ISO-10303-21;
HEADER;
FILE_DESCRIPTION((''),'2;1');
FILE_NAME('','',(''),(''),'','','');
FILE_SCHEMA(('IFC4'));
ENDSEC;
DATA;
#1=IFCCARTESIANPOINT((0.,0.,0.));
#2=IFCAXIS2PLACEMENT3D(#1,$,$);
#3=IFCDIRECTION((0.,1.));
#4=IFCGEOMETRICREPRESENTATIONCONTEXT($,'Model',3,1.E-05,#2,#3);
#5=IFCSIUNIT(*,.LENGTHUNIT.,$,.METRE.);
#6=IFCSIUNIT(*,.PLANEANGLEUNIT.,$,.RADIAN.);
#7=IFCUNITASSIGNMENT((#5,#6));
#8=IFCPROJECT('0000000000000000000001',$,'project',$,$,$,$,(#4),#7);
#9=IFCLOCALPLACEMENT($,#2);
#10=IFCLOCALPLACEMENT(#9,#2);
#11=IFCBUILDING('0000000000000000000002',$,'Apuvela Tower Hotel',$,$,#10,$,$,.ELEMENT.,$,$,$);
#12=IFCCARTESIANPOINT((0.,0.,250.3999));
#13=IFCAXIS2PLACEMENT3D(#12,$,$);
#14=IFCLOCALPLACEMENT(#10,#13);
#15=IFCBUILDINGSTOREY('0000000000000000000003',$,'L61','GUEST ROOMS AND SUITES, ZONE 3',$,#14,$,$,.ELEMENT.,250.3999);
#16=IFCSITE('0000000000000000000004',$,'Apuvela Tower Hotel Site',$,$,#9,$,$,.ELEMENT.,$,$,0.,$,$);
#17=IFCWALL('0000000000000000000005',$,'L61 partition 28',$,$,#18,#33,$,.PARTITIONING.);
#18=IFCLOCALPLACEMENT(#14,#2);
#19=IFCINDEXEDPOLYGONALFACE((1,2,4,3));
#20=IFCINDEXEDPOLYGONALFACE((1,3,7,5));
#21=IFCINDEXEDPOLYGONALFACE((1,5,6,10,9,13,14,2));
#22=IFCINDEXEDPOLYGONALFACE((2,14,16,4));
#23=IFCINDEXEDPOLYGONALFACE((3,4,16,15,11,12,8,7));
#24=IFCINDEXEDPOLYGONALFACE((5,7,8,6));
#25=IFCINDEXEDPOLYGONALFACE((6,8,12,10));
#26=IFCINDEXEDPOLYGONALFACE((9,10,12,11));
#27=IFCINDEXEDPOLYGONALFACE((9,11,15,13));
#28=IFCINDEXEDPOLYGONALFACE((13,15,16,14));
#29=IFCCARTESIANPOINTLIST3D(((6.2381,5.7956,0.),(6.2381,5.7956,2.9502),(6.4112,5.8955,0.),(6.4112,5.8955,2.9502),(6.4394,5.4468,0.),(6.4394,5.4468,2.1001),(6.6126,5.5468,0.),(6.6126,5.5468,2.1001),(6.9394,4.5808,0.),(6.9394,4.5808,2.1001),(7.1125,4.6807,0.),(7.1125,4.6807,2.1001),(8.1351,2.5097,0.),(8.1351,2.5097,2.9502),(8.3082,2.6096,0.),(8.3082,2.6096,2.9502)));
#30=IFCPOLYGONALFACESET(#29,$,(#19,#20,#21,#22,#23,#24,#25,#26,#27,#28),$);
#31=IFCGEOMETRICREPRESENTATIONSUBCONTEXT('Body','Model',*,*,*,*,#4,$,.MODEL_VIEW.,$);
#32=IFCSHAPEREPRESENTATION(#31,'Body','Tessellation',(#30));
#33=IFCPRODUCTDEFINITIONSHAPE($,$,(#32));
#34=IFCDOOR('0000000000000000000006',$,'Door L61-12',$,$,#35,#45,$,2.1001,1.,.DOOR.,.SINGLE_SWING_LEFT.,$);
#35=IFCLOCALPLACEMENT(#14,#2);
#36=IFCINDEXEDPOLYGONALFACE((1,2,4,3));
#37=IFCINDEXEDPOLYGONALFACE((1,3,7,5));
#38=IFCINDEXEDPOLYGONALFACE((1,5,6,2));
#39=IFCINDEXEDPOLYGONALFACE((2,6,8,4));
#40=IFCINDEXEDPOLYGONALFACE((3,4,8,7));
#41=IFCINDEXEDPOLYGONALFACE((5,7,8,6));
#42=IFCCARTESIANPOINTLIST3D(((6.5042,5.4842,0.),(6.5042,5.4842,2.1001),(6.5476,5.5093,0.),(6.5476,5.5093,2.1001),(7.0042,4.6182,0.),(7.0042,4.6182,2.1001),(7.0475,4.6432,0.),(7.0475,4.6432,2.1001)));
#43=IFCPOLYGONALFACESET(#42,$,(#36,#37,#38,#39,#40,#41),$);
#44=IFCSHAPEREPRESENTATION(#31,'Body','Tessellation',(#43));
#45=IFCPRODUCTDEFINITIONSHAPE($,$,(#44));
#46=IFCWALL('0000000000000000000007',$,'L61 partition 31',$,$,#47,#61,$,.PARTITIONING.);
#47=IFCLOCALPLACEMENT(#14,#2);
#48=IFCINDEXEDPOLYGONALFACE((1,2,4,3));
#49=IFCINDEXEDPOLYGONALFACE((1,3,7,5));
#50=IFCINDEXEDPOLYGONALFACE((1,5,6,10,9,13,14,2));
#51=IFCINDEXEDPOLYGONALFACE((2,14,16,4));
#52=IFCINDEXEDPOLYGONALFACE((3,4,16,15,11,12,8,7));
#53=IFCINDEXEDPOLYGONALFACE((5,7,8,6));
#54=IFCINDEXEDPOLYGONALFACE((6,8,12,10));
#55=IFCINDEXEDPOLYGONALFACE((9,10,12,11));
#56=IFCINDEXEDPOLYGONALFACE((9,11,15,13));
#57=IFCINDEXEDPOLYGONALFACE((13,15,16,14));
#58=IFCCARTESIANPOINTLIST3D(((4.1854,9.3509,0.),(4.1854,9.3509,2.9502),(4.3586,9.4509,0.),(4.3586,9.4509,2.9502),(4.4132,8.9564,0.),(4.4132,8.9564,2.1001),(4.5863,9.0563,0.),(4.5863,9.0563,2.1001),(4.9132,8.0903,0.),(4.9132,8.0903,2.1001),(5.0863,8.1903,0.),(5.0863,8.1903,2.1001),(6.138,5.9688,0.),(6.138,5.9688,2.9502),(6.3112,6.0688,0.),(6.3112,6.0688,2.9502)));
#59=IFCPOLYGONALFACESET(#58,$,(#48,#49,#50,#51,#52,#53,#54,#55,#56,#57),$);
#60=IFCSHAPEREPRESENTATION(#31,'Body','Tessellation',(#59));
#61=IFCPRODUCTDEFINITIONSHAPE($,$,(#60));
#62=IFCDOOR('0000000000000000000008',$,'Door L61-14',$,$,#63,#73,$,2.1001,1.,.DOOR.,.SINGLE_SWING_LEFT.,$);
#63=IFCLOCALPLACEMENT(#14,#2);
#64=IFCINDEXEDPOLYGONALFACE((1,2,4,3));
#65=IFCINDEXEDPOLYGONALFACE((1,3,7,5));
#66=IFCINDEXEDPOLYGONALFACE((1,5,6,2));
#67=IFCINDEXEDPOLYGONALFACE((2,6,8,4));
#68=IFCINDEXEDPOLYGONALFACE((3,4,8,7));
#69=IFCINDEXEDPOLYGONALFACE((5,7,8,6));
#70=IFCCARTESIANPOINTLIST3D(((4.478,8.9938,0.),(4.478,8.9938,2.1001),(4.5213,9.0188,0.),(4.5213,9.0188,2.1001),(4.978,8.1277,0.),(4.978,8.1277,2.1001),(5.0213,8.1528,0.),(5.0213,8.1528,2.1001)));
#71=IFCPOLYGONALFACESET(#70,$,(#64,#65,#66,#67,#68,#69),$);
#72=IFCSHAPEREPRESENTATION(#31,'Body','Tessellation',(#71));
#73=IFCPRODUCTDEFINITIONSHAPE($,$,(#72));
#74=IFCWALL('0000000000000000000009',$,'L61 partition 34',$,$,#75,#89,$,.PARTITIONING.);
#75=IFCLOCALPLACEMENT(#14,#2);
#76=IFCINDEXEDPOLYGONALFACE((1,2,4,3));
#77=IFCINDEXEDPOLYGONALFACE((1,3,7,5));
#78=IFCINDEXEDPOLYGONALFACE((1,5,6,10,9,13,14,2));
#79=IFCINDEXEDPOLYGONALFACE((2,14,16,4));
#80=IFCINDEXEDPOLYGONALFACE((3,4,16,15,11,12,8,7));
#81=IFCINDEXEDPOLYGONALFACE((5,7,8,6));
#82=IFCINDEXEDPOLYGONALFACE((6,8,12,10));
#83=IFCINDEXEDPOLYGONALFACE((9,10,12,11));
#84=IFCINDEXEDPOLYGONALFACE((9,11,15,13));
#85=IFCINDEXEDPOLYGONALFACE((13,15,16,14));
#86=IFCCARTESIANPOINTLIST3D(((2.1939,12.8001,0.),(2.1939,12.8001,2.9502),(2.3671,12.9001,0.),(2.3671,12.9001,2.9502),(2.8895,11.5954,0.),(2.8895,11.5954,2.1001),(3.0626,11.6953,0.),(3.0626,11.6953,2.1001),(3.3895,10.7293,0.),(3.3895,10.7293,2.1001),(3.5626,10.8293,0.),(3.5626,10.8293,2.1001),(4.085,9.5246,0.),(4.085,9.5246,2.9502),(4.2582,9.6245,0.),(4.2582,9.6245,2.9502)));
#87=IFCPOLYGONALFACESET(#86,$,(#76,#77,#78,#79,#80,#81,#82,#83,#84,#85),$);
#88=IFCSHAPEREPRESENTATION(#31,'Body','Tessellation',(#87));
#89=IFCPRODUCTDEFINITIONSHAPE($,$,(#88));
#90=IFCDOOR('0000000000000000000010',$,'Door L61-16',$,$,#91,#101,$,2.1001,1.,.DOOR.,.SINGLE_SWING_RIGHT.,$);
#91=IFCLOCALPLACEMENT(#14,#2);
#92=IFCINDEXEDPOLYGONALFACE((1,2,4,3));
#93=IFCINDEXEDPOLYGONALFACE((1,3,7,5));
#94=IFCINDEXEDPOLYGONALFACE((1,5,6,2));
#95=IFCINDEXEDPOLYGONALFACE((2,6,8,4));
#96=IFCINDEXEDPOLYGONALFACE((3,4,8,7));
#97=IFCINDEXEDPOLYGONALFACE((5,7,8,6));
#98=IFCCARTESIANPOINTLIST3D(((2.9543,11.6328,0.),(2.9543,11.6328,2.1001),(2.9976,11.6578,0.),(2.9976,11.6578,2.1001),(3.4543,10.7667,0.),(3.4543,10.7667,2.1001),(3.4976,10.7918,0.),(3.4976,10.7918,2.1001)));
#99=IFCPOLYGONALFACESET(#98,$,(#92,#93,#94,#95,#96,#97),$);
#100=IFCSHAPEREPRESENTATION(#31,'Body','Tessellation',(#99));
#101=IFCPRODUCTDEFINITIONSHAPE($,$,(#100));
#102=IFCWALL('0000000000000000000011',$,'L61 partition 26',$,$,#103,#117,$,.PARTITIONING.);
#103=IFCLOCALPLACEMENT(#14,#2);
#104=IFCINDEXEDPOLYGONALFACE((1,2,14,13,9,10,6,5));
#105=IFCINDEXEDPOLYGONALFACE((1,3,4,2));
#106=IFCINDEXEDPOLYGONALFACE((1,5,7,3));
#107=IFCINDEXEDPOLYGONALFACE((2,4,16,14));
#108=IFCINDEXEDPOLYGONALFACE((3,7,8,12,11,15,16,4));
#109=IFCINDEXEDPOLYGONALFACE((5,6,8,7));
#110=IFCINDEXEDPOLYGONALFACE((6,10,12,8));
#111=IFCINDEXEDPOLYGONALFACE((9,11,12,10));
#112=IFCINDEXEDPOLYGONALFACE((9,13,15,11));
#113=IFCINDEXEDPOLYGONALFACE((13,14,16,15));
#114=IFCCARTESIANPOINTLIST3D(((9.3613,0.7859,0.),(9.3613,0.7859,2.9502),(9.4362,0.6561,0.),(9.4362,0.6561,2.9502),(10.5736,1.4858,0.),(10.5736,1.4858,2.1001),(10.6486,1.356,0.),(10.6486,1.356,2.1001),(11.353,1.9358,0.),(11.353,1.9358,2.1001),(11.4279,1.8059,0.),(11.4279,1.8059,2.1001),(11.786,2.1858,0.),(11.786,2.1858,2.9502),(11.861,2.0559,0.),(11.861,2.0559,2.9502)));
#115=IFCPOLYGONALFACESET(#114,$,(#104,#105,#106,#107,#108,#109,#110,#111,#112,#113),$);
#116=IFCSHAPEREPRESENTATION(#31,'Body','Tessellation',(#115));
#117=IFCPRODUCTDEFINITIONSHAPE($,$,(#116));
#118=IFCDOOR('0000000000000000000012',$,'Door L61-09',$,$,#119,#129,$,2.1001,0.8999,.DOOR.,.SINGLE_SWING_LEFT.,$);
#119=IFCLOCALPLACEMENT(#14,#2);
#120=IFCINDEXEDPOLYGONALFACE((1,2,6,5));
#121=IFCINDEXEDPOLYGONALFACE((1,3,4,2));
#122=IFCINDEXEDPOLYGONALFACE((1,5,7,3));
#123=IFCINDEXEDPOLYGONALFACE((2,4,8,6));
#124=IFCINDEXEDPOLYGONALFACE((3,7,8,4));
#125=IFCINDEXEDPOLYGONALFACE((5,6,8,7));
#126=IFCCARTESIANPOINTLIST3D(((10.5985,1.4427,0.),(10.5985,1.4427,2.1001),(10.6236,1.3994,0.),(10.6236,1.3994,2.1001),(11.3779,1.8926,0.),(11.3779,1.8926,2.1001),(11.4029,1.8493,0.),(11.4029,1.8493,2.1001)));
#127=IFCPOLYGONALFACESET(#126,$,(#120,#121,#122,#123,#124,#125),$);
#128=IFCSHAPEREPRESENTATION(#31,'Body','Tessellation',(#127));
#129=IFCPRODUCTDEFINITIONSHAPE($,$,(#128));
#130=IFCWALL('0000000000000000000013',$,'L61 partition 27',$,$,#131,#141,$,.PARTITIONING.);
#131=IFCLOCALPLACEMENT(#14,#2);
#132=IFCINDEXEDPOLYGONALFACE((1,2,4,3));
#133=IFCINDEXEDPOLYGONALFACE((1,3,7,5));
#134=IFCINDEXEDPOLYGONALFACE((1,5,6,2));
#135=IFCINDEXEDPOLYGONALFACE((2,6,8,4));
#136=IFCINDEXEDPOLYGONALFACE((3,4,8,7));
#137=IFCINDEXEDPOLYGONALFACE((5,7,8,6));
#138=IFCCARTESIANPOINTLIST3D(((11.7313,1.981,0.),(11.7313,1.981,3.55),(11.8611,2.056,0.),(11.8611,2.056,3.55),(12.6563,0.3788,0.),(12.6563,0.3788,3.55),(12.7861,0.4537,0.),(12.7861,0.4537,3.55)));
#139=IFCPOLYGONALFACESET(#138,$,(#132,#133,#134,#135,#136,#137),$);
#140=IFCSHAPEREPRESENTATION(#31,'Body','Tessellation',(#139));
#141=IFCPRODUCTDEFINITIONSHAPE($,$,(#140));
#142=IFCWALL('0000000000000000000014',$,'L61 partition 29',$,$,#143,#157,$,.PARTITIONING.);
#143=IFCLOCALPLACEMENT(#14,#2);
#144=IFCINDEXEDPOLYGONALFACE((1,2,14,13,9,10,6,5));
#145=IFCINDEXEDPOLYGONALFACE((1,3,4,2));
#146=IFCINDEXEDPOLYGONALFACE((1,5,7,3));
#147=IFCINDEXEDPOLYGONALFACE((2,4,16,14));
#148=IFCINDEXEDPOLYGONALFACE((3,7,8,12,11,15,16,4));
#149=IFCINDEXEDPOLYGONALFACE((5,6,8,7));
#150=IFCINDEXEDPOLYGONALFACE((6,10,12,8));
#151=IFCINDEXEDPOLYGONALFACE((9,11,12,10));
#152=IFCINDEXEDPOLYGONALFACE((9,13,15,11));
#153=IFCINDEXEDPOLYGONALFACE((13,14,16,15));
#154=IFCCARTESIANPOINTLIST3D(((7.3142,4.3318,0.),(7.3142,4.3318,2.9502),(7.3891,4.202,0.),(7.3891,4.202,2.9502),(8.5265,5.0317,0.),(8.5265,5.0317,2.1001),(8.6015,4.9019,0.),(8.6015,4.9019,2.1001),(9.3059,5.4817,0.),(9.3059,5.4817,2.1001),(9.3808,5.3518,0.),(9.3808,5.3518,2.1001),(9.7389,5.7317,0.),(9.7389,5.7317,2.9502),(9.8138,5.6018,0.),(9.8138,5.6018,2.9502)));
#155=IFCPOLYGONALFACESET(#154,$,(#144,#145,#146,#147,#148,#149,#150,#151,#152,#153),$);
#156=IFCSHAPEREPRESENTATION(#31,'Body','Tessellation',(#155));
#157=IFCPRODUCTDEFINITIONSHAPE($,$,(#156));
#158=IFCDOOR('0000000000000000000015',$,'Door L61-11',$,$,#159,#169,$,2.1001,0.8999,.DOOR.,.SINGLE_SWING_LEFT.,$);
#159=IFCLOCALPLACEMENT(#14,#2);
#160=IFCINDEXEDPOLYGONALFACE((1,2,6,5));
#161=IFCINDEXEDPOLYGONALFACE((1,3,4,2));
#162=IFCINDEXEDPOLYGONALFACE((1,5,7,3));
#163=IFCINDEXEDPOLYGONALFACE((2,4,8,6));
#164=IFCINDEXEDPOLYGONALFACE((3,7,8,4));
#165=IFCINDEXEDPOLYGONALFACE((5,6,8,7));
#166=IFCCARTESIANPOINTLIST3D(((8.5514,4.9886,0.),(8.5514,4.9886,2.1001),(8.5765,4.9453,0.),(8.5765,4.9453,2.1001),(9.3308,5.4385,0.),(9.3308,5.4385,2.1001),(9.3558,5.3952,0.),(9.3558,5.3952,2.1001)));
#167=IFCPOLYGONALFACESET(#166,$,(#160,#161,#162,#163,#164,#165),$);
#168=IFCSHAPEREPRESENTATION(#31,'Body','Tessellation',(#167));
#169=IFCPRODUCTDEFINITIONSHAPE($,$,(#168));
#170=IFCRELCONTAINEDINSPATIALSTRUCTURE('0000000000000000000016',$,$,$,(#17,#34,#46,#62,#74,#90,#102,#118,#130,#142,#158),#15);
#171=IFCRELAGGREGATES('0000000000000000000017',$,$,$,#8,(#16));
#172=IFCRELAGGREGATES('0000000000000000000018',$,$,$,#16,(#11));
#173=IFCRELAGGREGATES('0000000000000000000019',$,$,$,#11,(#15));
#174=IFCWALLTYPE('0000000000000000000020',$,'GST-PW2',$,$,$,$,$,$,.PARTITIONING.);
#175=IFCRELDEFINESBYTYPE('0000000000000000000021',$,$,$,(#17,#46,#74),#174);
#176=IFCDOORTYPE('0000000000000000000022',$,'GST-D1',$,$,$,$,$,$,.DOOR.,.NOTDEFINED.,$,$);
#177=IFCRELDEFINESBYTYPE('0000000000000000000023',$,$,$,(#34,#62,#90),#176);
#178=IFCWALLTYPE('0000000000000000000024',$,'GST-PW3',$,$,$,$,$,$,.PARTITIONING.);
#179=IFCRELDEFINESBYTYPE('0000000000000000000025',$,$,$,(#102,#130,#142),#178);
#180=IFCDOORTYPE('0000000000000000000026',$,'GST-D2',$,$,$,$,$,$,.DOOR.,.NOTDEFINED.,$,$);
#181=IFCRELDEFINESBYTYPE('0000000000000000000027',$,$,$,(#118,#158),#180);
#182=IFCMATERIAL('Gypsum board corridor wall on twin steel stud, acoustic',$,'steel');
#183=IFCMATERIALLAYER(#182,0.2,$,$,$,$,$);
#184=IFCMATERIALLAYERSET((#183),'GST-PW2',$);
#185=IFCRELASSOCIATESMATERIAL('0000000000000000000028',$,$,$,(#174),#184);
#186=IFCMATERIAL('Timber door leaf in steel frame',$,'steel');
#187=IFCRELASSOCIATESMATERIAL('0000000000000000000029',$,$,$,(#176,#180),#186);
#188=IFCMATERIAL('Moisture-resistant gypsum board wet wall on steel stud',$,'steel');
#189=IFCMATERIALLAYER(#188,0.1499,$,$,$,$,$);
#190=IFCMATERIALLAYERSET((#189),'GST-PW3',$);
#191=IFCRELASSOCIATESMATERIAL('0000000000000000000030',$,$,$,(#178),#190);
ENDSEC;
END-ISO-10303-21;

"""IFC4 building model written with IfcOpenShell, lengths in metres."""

from ifc_helpers import new_model, si_unit, direction, frame, frame_2d, origin, place, context, subcontext, project, spatial, rectangle, extrude, material, layer, layer_set, type_object, element, fill, save


model = new_model("IFC4")

# Units and contexts
model_context = context("Model", 3, precision=1e-05, world=origin(), true_north=direction((0.0, 1.0)))
body_context = subcontext(model_context, "Body", "Model", "MODEL_VIEW")
ifc_project = project(units=[si_unit("LENGTHUNIT", "METRE"), si_unit("PLANEANGLEUNIT", "RADIAN")], contexts=[model_context])

# Site, building, storey
site_placement = place(None, origin())
site = spatial("IfcSite", under=ifc_project, at=site_placement, Name="Apuvela Tower Hotel Site", CompositionType="ELEMENT", RefElevation=0.0)
building_placement = place(site_placement, origin())
building = spatial("IfcBuilding", under=site, at=building_placement, Name="Apuvela Tower Hotel", CompositionType="ELEMENT")
storey_placement = place(building_placement, frame((0.0, 0.0, 250.3999)))
storey = spatial("IfcBuildingStorey", under=building, at=storey_placement, Name="L61", Description="GUEST ROOMS AND SUITES, ZONE 3", CompositionType="ELEMENT", Elevation=250.3999)

# Walls, openings, doors
ifc_material_1 = material(Name="Gypsum board corridor wall on twin steel stud, acoustic", Category="steel")
ifc_layer_1 = layer(ifc_material_1, 0.2)
ifc_layer_set_1 = layer_set([ifc_layer_1], Name="GST-PW2")
wall_type_1 = type_object("IfcWallType", Name="GST-PW2", PredefinedType="PARTITIONING", material=ifc_layer_set_1)
ifc_material_2 = material(Name="Timber door leaf in steel frame", Category="steel")
door_type_1 = type_object("IfcDoorType", Name="GST-D1", OperationType="NOTDEFINED", PredefinedType="DOOR", material=ifc_material_2)
wall_1_placement = place(storey_placement, frame((6.3247, 5.8455, 0.0), z_axis=(0.0, 0.0, 1.0), x_axis=(0.499973, -0.866041, 0.0)))
wall_1 = element("IfcWall", 1, at=wall_1_placement, inside=storey, type_object=wall_type_1, Name="L61 partition 28", PredefinedType="PARTITIONING", context=body_context, shape_type="SweptSolid", body=[
    extrude(rectangle(XDim=3.7942, YDim=0.2, at=frame_2d((1.897, 0.0))), origin(), (0.0, 0.0, 1.0), 2.9502),
])
opening_1_placement = place(wall_1_placement, frame((0.4026, 0.0, 0.0)))
opening_1 = element("IfcOpeningElement", 2, at=opening_1_placement, cuts=wall_1, PredefinedType="OPENING", context=body_context, shape_type="SweptSolid", body=[
    extrude(rectangle(XDim=1.0, YDim=2.1001, at=frame_2d((0.5, 1.05))), frame((0.0, 0.1099, 0.0), z_axis=(0.0, -1.0, 0.0), x_axis=(1.0, 0.0, 0.0)), (0.0, 0.0, 1.0), 0.22),
])
door_1_placement = place(opening_1_placement, origin())
door_1 = element("IfcDoor", 3, at=door_1_placement, inside=storey, type_object=door_type_1, Name="Door L61-12", OperationType="SINGLE_SWING_LEFT", OverallHeight=2.1001, OverallWidth=1.0, PredefinedType="DOOR", context=body_context, shape_type="SweptSolid", body=[
    extrude(rectangle(XDim=1.0, YDim=2.1001, at=frame_2d((0.5, 1.05))), frame((0.0, 0.0249, 0.0), z_axis=(0.0, -1.0, 0.0), x_axis=(1.0, 0.0, 0.0)), (0.0, 0.0, 1.0), 0.05),
])
fill(opening_1, door_1)
wall_2_placement = place(storey_placement, frame((4.272, 9.4009, 0.0), z_axis=(0.0, 0.0, 1.0), x_axis=(0.499998, -0.866026, 0.0)))
wall_2 = element("IfcWall", 4, at=wall_2_placement, inside=storey, type_object=wall_type_1, Name="L61 partition 31", PredefinedType="PARTITIONING", context=body_context, shape_type="SweptSolid", body=[
    extrude(rectangle(XDim=3.9053, YDim=0.2, at=frame_2d((1.9526, 0.0))), origin(), (0.0, 0.0, 1.0), 2.9502),
])
opening_2_placement = place(wall_2_placement, frame((0.4556, 0.0, 0.0)))
opening_2 = element("IfcOpeningElement", 5, at=opening_2_placement, cuts=wall_2, PredefinedType="OPENING", context=body_context, shape_type="SweptSolid", body=[
    extrude(rectangle(XDim=1.0, YDim=2.1001, at=frame_2d((0.5, 1.05))), frame((0.0, 0.1099, 0.0), z_axis=(0.0, -1.0, 0.0), x_axis=(1.0, 0.0, 0.0)), (0.0, 0.0, 1.0), 0.22),
])
door_2_placement = place(opening_2_placement, origin())
door_2 = element("IfcDoor", 6, at=door_2_placement, inside=storey, type_object=door_type_1, Name="Door L61-14", OperationType="SINGLE_SWING_LEFT", OverallHeight=2.1001, OverallWidth=1.0, PredefinedType="DOOR", context=body_context, shape_type="SweptSolid", body=[
    extrude(rectangle(XDim=1.0, YDim=2.1001, at=frame_2d((0.5, 1.05))), frame((0.0, 0.0249, 0.0), z_axis=(0.0, -1.0, 0.0), x_axis=(1.0, 0.0, 0.0)), (0.0, 0.0, 1.0), 0.05),
])
fill(opening_2, door_2)
wall_3_placement = place(storey_placement, frame((2.2805, 12.8501, 0.0), z_axis=(0.0, 0.0, 1.0), x_axis=(0.499985, -0.866034, 0.0)))
wall_3 = element("IfcWall", 7, at=wall_3_placement, inside=storey, type_object=wall_type_1, Name="L61 partition 34", PredefinedType="PARTITIONING", context=body_context, shape_type="SweptSolid", body=[
    extrude(rectangle(XDim=3.7822, YDim=0.2, at=frame_2d((1.8911, 0.0))), origin(), (0.0, 0.0, 1.0), 2.9502),
])
opening_3_placement = place(wall_3_placement, frame((1.3911, 0.0, 0.0)))
opening_3 = element("IfcOpeningElement", 8, at=opening_3_placement, cuts=wall_3, PredefinedType="OPENING", context=body_context, shape_type="SweptSolid", body=[
    extrude(rectangle(XDim=1.0, YDim=2.1001, at=frame_2d((0.5, 1.05))), frame((0.0, 0.1099, 0.0), z_axis=(0.0, -1.0, 0.0), x_axis=(1.0, 0.0, 0.0)), (0.0, 0.0, 1.0), 0.22),
])
door_3_placement = place(opening_3_placement, origin())
door_3 = element("IfcDoor", 9, at=door_3_placement, inside=storey, type_object=door_type_1, Name="Door L61-16", OperationType="SINGLE_SWING_RIGHT", OverallHeight=2.1001, OverallWidth=1.0, PredefinedType="DOOR", context=body_context, shape_type="SweptSolid", body=[
    extrude(rectangle(XDim=1.0, YDim=2.1001, at=frame_2d((0.5, 1.05))), frame((0.0, 0.0249, 0.0), z_axis=(0.0, -1.0, 0.0), x_axis=(1.0, 0.0, 0.0)), (0.0, 0.0, 1.0), 0.05),
])
fill(opening_3, door_3)
ifc_material_3 = material(Name="Moisture-resistant gypsum board wet wall on steel stud", Category="steel")
ifc_layer_2 = layer(ifc_material_3, 0.1499)
ifc_layer_set_2 = layer_set([ifc_layer_2], Name="GST-PW3")
wall_type_2 = type_object("IfcWallType", Name="GST-PW3", PredefinedType="PARTITIONING", material=ifc_layer_set_2)
wall_4_placement = place(storey_placement, frame((11.8235, 2.1208, 0.0), z_axis=(0.0, 0.0, 1.0), x_axis=(-0.866035, -0.499984, 0.0)))
wall_4 = element("IfcWall", 10, at=wall_4_placement, inside=storey, type_object=wall_type_2, Name="L61 partition 26", PredefinedType="PARTITIONING", context=body_context, shape_type="SweptSolid", body=[
    extrude(rectangle(XDim=2.7998, YDim=0.1499, at=frame_2d((1.3999, 0.0))), origin(), (0.0, 0.0, 1.0), 2.9502),
])
opening_4_placement = place(wall_4_placement, frame((0.5, 0.0, 0.0)))
opening_4 = element("IfcOpeningElement", 11, at=opening_4_placement, cuts=wall_4, PredefinedType="OPENING", context=body_context, shape_type="SweptSolid", body=[
    extrude(rectangle(XDim=0.8999, YDim=2.1001, at=frame_2d((0.45, 1.05))), frame((0.0, 0.085, 0.0), z_axis=(0.0, -1.0, 0.0), x_axis=(1.0, 0.0, 0.0)), (0.0, 0.0, 1.0), 0.1699),
])
door_type_2 = type_object("IfcDoorType", Name="GST-D2", OperationType="NOTDEFINED", PredefinedType="DOOR", material=ifc_material_2)
door_4_placement = place(opening_4_placement, origin())
door_4 = element("IfcDoor", 12, at=door_4_placement, inside=storey, type_object=door_type_2, Name="Door L61-09", OperationType="SINGLE_SWING_LEFT", OverallHeight=2.1001, OverallWidth=0.8999, PredefinedType="DOOR", context=body_context, shape_type="SweptSolid", body=[
    extrude(rectangle(XDim=0.8999, YDim=2.1001, at=frame_2d((0.45, 1.05))), frame((0.0, 0.0249, 0.0), z_axis=(0.0, -1.0, 0.0), x_axis=(1.0, 0.0, 0.0)), (0.0, 0.0, 1.0), 0.05),
])
fill(opening_4, door_4)

# Wall
wall_5_placement = place(storey_placement, frame((12.7212, 0.4163, 0.0), z_axis=(0.0, 0.0, 1.0), x_axis=(-0.499985, 0.866034, 0.0)))
element("IfcWall", 13, at=wall_5_placement, inside=storey, type_object=wall_type_2, Name="L61 partition 27", PredefinedType="PARTITIONING", context=body_context, shape_type="SweptSolid", body=[
    extrude(rectangle(XDim=1.8501, YDim=0.1499, at=frame_2d((0.925, 0.0))), origin(), (0.0, 0.0, 1.0), 3.55),
])

# Wall, opening, door
wall_6_placement = place(storey_placement, frame((9.7764, 5.6667, 0.0), z_axis=(0.0, 0.0, 1.0), x_axis=(-0.866035, -0.499984, 0.0)))
wall_6 = element("IfcWall", 14, at=wall_6_placement, inside=storey, type_object=wall_type_2, Name="L61 partition 29", PredefinedType="PARTITIONING", context=body_context, shape_type="SweptSolid", body=[
    extrude(rectangle(XDim=2.7998, YDim=0.1499, at=frame_2d((1.3999, 0.0))), origin(), (0.0, 0.0, 1.0), 2.9502),
])
opening_5_placement = place(wall_6_placement, frame((0.5, 0.0, 0.0)))
opening_5 = element("IfcOpeningElement", 15, at=opening_5_placement, cuts=wall_6, PredefinedType="OPENING", context=body_context, shape_type="SweptSolid", body=[
    extrude(rectangle(XDim=0.8999, YDim=2.1001, at=frame_2d((0.45, 1.05))), frame((0.0, 0.085, 0.0), z_axis=(0.0, -1.0, 0.0), x_axis=(1.0, 0.0, 0.0)), (0.0, 0.0, 1.0), 0.1699),
])
door_5_placement = place(opening_5_placement, origin())
door_5 = element("IfcDoor", 16, at=door_5_placement, inside=storey, type_object=door_type_2, Name="Door L61-11", OperationType="SINGLE_SWING_LEFT", OverallHeight=2.1001, OverallWidth=0.8999, PredefinedType="DOOR", context=body_context, shape_type="SweptSolid", body=[
    extrude(rectangle(XDim=0.8999, YDim=2.1001, at=frame_2d((0.45, 1.05))), frame((0.0, 0.0249, 0.0), z_axis=(0.0, -1.0, 0.0), x_axis=(1.0, 0.0, 0.0)), (0.0, 0.0, 1.0), 0.05),
])
fill(opening_5, door_5)

save(model, "model.ifc")
